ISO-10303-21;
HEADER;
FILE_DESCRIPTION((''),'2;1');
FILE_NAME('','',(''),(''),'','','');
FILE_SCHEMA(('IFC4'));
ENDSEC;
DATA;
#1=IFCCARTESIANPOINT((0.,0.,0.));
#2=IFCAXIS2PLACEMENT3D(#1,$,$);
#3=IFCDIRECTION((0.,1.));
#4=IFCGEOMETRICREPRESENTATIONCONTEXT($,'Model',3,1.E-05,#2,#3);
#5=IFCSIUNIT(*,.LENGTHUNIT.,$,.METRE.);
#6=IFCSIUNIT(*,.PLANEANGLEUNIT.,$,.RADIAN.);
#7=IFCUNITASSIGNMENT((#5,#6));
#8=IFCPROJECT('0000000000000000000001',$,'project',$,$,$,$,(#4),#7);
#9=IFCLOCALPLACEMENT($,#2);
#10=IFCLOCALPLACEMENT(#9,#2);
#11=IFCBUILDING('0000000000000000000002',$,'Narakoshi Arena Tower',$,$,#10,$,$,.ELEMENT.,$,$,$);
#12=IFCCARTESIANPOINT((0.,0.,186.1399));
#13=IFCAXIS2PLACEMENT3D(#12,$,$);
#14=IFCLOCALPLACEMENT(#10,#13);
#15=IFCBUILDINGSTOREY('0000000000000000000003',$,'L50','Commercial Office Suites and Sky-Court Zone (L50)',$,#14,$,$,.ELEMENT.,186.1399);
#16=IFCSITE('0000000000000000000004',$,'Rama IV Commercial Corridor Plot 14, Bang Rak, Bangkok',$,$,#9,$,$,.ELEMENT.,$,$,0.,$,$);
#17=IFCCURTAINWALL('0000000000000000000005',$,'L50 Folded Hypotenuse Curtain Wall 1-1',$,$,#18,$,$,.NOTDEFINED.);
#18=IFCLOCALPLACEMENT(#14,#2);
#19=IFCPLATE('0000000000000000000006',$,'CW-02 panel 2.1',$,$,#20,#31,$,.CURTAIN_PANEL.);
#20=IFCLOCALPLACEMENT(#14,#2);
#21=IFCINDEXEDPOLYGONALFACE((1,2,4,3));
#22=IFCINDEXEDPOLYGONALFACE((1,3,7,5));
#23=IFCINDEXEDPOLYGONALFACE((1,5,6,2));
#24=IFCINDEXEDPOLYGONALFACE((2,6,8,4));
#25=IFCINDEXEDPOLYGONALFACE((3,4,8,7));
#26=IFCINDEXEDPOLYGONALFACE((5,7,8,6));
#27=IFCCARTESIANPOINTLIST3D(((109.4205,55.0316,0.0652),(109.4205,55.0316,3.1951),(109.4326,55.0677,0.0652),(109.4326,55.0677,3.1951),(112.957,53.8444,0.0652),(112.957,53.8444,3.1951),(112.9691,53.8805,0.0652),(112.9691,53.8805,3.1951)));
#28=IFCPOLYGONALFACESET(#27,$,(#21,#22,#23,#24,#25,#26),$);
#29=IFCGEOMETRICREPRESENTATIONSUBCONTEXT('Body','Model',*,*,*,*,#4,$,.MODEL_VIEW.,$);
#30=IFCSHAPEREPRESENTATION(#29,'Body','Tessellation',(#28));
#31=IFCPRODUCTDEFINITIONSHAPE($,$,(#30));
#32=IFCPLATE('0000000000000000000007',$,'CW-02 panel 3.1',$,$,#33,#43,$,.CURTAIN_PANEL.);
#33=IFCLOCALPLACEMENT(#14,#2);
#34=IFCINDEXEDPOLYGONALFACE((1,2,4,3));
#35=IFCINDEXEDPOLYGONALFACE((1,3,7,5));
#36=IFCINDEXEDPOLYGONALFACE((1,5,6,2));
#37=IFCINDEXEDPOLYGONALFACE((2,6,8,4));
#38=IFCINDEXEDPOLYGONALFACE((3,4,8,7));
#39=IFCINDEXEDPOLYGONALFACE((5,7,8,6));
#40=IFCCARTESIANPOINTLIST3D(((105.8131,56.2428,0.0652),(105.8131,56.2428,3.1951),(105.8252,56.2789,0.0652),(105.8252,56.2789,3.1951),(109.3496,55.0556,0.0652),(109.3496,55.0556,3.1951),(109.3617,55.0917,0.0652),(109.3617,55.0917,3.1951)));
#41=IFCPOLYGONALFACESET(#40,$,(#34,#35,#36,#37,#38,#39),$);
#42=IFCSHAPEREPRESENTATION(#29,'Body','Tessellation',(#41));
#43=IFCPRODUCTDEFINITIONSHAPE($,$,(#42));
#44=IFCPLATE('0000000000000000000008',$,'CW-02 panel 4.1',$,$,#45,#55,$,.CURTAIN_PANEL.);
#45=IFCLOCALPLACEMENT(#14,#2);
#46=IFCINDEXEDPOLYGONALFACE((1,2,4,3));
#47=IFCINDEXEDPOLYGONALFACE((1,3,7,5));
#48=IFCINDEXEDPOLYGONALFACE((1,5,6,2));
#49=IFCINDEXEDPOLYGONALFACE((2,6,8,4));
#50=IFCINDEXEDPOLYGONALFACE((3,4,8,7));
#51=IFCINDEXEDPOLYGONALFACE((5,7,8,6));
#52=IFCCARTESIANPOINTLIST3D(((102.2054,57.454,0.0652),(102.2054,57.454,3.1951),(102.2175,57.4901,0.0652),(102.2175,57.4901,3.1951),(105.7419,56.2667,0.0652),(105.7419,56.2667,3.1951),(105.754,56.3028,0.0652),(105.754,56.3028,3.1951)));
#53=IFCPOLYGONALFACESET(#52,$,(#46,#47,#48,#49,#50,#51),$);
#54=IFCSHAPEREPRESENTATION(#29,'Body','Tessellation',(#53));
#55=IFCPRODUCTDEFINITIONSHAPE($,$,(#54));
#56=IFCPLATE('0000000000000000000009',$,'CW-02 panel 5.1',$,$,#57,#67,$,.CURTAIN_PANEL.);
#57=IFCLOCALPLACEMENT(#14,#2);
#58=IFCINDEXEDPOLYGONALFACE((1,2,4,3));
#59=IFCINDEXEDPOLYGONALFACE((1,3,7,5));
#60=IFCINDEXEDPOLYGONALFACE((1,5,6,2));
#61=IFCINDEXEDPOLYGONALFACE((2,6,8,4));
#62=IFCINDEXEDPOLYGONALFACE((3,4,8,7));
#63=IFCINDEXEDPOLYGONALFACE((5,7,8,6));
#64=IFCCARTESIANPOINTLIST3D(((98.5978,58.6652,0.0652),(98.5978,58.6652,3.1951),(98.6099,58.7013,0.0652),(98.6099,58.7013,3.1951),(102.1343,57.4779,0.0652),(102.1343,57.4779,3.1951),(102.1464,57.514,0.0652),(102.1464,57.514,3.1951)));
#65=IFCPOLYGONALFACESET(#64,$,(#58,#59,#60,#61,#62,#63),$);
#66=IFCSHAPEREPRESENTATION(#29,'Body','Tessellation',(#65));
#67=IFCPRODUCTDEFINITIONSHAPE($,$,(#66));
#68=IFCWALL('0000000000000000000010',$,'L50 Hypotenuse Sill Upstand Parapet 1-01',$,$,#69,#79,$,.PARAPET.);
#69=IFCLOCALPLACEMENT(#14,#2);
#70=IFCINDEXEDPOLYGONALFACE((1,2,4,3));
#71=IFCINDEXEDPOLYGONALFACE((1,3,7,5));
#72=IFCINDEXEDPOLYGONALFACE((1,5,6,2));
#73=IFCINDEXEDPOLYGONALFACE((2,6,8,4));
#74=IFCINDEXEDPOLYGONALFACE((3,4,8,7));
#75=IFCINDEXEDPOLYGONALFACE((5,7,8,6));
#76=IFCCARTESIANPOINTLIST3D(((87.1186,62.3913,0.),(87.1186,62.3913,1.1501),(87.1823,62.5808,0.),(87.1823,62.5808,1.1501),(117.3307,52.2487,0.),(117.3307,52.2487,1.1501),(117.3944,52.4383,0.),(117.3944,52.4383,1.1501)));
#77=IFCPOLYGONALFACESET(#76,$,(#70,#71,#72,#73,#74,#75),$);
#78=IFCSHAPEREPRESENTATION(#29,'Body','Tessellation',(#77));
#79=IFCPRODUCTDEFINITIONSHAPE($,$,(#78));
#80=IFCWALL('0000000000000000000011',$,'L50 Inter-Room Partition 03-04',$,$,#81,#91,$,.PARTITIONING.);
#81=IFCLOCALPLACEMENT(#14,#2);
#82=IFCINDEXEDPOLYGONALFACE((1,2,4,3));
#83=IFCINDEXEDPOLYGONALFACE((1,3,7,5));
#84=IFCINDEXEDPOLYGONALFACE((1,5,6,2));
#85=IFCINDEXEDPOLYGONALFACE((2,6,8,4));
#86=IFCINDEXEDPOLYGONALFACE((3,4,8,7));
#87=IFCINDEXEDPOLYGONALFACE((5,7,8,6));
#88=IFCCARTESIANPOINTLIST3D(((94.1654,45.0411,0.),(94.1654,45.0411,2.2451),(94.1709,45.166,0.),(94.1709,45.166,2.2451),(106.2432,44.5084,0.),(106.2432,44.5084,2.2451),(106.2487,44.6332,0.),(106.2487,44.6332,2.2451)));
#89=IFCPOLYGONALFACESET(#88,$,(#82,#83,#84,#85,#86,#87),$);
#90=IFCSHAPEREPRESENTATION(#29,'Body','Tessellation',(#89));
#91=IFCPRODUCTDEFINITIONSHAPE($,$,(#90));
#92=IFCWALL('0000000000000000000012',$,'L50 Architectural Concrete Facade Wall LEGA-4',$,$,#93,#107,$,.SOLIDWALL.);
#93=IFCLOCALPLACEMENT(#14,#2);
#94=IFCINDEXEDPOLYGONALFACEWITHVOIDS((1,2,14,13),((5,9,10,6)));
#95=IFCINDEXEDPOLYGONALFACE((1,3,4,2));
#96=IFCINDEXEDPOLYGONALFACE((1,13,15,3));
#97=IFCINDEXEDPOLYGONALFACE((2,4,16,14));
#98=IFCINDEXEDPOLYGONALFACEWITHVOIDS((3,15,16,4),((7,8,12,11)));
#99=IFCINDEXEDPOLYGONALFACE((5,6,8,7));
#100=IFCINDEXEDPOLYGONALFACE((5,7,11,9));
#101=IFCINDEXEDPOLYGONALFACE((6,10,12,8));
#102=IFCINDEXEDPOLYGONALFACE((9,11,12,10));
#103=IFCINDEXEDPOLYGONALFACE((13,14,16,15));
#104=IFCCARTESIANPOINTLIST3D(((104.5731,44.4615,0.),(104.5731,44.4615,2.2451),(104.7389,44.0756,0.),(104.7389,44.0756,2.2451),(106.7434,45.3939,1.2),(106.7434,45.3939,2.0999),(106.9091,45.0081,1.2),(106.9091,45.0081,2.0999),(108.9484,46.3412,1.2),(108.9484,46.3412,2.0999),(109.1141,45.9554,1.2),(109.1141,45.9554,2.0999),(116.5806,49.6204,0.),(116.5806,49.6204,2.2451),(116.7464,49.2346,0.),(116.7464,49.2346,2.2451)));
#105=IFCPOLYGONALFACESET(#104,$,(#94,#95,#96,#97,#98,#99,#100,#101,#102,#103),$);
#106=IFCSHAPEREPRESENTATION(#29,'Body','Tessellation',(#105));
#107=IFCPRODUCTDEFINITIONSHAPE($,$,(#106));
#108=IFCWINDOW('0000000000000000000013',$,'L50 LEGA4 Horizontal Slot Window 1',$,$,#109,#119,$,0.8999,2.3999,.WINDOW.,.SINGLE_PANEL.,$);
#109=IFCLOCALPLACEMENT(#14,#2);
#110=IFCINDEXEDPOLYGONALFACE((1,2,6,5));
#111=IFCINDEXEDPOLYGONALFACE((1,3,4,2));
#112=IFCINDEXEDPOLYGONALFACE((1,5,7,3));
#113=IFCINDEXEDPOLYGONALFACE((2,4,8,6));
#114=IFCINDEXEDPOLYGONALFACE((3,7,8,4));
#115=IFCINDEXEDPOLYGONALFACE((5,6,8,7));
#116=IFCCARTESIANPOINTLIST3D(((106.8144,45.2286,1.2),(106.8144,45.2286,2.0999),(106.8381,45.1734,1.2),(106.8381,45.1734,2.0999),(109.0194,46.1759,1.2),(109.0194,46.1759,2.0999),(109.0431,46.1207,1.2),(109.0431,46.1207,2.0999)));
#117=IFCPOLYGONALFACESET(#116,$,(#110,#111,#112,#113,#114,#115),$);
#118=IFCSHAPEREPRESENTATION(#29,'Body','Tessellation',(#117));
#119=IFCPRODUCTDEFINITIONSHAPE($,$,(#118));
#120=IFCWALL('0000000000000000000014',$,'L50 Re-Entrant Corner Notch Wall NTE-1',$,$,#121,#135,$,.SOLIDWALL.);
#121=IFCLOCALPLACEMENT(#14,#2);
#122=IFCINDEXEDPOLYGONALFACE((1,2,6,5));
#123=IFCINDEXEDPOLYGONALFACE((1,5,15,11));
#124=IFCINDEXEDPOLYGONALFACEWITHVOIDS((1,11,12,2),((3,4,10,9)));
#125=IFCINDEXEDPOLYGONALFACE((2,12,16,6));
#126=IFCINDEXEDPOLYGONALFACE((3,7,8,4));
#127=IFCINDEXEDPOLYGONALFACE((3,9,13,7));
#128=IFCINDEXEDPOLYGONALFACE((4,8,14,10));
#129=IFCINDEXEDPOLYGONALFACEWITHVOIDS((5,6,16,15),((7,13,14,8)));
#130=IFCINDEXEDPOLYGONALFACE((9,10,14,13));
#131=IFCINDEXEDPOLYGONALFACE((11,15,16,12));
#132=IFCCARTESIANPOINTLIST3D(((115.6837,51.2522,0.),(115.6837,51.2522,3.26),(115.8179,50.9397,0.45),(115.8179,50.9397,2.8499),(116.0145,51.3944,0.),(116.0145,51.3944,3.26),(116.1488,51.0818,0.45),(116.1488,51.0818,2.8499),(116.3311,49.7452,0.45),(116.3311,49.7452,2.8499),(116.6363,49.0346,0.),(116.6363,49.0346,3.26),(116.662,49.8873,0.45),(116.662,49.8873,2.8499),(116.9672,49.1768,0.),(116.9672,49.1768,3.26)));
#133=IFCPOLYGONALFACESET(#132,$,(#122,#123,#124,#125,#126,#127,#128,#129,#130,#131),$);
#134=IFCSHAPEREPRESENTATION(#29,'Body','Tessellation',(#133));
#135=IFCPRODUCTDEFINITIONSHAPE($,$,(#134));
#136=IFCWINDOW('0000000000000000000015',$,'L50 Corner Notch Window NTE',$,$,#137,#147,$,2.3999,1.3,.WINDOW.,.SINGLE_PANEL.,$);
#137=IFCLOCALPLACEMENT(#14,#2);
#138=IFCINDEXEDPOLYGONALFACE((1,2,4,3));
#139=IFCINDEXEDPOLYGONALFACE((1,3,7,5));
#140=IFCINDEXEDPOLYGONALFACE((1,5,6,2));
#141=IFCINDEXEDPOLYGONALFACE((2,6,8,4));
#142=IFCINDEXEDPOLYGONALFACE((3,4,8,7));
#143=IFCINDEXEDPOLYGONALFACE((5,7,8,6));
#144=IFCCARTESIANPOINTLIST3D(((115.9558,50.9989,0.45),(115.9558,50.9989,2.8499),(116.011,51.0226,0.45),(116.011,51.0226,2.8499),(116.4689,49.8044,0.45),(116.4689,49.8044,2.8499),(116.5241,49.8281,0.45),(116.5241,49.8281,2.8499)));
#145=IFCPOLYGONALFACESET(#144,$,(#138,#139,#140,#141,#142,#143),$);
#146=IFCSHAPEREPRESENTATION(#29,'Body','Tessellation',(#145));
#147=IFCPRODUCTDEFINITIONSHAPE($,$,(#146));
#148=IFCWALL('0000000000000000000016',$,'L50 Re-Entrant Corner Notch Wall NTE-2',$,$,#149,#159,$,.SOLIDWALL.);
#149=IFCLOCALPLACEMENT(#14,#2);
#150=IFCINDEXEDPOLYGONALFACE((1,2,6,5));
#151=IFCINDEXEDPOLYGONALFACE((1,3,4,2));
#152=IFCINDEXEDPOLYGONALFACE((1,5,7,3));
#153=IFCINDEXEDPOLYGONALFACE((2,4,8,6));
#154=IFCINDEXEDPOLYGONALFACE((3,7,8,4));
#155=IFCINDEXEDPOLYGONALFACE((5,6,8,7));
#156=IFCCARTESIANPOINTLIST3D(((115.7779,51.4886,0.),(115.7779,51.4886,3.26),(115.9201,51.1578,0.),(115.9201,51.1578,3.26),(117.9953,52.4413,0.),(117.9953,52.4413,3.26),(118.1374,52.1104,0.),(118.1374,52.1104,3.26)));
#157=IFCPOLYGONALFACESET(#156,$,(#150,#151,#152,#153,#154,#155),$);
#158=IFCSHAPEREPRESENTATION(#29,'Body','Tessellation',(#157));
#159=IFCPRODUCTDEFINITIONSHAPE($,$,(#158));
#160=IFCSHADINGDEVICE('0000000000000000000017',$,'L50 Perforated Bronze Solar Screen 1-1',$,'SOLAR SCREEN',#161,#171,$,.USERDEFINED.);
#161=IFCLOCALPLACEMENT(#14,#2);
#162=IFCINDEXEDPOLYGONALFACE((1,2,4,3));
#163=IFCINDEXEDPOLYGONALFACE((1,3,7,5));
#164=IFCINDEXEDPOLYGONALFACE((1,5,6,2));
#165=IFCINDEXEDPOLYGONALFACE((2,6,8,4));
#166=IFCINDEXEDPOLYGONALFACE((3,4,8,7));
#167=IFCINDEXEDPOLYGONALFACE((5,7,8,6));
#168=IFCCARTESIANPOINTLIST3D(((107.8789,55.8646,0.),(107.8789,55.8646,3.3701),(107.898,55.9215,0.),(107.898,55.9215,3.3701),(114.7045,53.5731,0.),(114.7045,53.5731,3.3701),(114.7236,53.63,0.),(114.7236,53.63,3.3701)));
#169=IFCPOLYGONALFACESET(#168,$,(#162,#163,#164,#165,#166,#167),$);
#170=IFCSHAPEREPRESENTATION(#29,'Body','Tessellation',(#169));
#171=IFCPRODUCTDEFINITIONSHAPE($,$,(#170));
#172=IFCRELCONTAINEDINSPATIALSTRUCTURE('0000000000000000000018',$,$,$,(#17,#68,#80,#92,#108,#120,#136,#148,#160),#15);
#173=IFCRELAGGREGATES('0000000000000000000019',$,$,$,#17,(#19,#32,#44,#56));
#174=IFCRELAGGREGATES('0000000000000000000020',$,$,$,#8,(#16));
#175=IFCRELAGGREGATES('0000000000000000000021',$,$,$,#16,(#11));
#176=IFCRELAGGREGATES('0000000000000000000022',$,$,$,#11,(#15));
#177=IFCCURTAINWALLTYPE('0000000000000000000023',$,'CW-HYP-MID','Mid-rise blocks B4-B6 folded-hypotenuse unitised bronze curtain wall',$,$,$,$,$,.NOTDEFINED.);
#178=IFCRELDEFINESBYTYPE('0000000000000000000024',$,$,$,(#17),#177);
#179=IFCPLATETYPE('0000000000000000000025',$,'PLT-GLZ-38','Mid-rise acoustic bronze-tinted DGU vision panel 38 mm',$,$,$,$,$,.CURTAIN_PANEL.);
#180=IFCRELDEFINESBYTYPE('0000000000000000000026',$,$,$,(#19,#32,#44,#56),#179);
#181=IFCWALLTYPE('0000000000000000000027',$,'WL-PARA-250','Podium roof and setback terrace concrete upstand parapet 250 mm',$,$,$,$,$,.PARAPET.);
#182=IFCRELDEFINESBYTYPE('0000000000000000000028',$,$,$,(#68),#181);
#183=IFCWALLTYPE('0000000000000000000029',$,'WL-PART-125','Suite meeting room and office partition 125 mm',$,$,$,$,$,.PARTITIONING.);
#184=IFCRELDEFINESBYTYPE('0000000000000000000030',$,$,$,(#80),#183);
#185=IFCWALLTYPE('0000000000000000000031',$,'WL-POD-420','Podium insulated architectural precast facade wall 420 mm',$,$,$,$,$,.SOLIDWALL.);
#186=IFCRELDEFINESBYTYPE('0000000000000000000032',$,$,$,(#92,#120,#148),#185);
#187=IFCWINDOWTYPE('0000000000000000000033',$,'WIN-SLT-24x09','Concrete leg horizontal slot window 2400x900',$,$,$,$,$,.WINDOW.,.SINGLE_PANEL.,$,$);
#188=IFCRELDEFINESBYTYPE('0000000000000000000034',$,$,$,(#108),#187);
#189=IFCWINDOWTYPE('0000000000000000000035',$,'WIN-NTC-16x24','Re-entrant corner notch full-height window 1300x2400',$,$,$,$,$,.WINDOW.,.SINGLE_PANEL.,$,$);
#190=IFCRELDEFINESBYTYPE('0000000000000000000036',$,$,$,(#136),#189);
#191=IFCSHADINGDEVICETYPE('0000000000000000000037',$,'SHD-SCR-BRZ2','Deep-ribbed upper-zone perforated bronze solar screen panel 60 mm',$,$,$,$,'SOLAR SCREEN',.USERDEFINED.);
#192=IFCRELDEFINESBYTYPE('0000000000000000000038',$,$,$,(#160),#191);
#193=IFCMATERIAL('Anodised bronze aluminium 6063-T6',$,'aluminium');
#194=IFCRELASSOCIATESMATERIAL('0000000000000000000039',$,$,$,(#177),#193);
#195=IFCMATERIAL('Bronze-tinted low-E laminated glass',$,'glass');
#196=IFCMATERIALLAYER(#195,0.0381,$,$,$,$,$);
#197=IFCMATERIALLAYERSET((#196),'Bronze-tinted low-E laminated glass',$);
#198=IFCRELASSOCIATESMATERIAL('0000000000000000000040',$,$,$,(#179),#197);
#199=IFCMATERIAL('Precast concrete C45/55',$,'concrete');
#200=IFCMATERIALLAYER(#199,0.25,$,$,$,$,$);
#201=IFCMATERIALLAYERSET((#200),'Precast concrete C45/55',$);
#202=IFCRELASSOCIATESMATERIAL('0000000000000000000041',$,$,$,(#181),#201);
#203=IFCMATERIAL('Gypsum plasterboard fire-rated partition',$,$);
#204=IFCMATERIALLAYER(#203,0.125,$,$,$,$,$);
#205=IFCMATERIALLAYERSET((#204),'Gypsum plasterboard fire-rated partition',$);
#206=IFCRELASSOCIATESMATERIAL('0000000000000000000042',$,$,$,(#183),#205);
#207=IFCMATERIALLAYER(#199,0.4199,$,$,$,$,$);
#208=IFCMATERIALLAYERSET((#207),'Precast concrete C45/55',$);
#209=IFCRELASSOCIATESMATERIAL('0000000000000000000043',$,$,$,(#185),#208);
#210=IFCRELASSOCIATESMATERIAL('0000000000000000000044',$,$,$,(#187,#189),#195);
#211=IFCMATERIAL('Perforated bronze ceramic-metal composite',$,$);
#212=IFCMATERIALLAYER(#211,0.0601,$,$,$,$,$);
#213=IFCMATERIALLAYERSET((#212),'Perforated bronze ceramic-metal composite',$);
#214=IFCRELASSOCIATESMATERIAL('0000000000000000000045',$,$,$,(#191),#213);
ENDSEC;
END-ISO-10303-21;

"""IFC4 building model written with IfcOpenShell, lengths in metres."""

from ifc_helpers import new_model, si_unit, direction, frame, frame_2d, origin, origin_2d, place, context, subcontext, project, spatial, rectangle, extrude, material, layer, layer_set, type_object, element, fill, aggregate, save


model = new_model("IFC4")

# Units and contexts
model_context = context("Model", 3, precision=1e-05, world=origin(), true_north=direction((0.0, 1.0)))
body_context = subcontext(model_context, "Body", "Model", "MODEL_VIEW")
ifc_project = project(units=[si_unit("LENGTHUNIT", "METRE"), si_unit("PLANEANGLEUNIT", "RADIAN")], contexts=[model_context])

# Site, building, storey
site_placement = place(None, origin())
site = spatial("IfcSite", under=ifc_project, at=site_placement, Name="Rama IV Commercial Corridor Plot 14, Bang Rak, Bangkok", CompositionType="ELEMENT", RefElevation=0.0)
building_placement = place(site_placement, origin())
building = spatial("IfcBuilding", under=site, at=building_placement, Name="Narakoshi Arena Tower", CompositionType="ELEMENT")
storey_placement = place(building_placement, frame((0.0, 0.0, 186.1399)))
storey = spatial("IfcBuildingStorey", under=building, at=storey_placement, Name="L50", Description="Commercial Office Suites and Sky-Court Zone (L50)", CompositionType="ELEMENT", Elevation=186.1399)

# Curtain wall, plates
ifc_material_1 = material(Name="Anodised bronze aluminium 6063-T6", Category="aluminium")
curtain_wall_type = type_object("IfcCurtainWallType", Name="CW-HYP-MID", Description="Mid-rise blocks B4-B6 folded-hypotenuse unitised bronze curtain wall", PredefinedType="NOTDEFINED", material=ifc_material_1)
curtain_wall_placement = place(storey_placement, origin())
curtain_wall = element("IfcCurtainWall", 1, at=curtain_wall_placement, inside=storey, type_object=curtain_wall_type, Name="L50 Folded Hypotenuse Curtain Wall 1-1", PredefinedType="NOTDEFINED")
ifc_material_2 = material(Name="Bronze-tinted low-E laminated glass", Category="glass")
ifc_layer_1 = layer(ifc_material_2, 0.0381)
ifc_layer_set_1 = layer_set([ifc_layer_1], Name="Bronze-tinted low-E laminated glass")
plate_type = type_object("IfcPlateType", Name="PLT-GLZ-38", Description="Mid-rise acoustic bronze-tinted DGU vision panel 38 mm", PredefinedType="CURTAIN_PANEL", material=ifc_layer_set_1)
plate_1_placement = place(storey_placement, frame((111.1948, 54.4561, 0.0652), z_axis=(0.0, 0.0, 1.0), x_axis=(-0.948003, 0.318261, 0.0)))
plate_1 = element("IfcPlate", 2, at=plate_1_placement, type_object=plate_type, Name="CW-02 panel 2.1", PredefinedType="CURTAIN_PANEL", context=body_context, shape_type="SweptSolid", body=[
    extrude(rectangle(XDim=3.7305, YDim=0.0381, at=origin_2d()), origin(), (0.0, 0.0, 1.0), 3.1299),
])
plate_2_placement = place(storey_placement, frame((107.5874, 55.6672, 0.0652), z_axis=(0.0, 0.0, 1.0), x_axis=(-0.948003, 0.318261, 0.0)))
plate_2 = element("IfcPlate", 3, at=plate_2_placement, type_object=plate_type, Name="CW-02 panel 3.1", PredefinedType="CURTAIN_PANEL", context=body_context, shape_type="SweptSolid", body=[
    extrude(rectangle(XDim=3.7305, YDim=0.0381, at=origin_2d()), origin(), (0.0, 0.0, 1.0), 3.1299),
])
plate_3_placement = place(storey_placement, frame((103.9797, 56.8784, 0.0652), z_axis=(0.0, 0.0, 1.0), x_axis=(-0.948003, 0.318261, 0.0)))
plate_3 = element("IfcPlate", 4, at=plate_3_placement, type_object=plate_type, Name="CW-02 panel 4.1", PredefinedType="CURTAIN_PANEL", context=body_context, shape_type="SweptSolid", body=[
    extrude(rectangle(XDim=3.7305, YDim=0.0381, at=origin_2d()), origin(), (0.0, 0.0, 1.0), 3.1299),
])
plate_4_placement = place(storey_placement, frame((100.3721, 58.0896, 0.0652), z_axis=(0.0, 0.0, 1.0), x_axis=(-0.948003, 0.318261, 0.0)))
plate_4 = element("IfcPlate", 5, at=plate_4_placement, type_object=plate_type, Name="CW-02 panel 5.1", PredefinedType="CURTAIN_PANEL", context=body_context, shape_type="SweptSolid", body=[
    extrude(rectangle(XDim=3.7305, YDim=0.0381, at=origin_2d()), origin(), (0.0, 0.0, 1.0), 3.1299),
])
aggregate(curtain_wall, [plate_1, plate_2, plate_3, plate_4])

# Walls
ifc_material_3 = material(Name="Precast concrete C45/55", Category="concrete")
ifc_layer_2 = layer(ifc_material_3, 0.25)
ifc_layer_set_2 = layer_set([ifc_layer_2], Name="Precast concrete C45/55")
wall_type_1 = type_object("IfcWallType", Name="WL-PARA-250", Description="Podium roof and setback terrace concrete upstand parapet 250 mm", PredefinedType="PARAPET", material=ifc_layer_set_2)
wall_1_placement = place(storey_placement, frame((117.3625, 52.3435, 0.0), z_axis=(0.0, 0.0, 1.0), x_axis=(-0.948005, 0.318256, 0.0)))
element("IfcWall", 6, at=wall_1_placement, inside=storey, type_object=wall_type_1, Name="L50 Hypotenuse Sill Upstand Parapet 1-01", PredefinedType="PARAPET", context=body_context, shape_type="SweptSolid", body=[
    extrude(rectangle(XDim=31.8691, YDim=0.2, at=frame_2d((15.9346, 0.0))), origin(), (0.0, 0.0, 1.0), 1.1501),
])
ifc_material_4 = material(Name="Gypsum plasterboard fire-rated partition")
ifc_layer_3 = layer(ifc_material_4, 0.125)
ifc_layer_set_3 = layer_set([ifc_layer_3], Name="Gypsum plasterboard fire-rated partition")
wall_type_2 = type_object("IfcWallType", Name="WL-PART-125", Description="Suite meeting room and office partition 125 mm", PredefinedType="PARTITIONING", material=ifc_layer_set_3)
wall_2_placement = place(storey_placement, frame((106.2461, 44.5708, 0.0), z_axis=(0.0, 0.0, 1.0), x_axis=(-0.999029, 0.044064, 0.0)))
element("IfcWall", 7, at=wall_2_placement, inside=storey, type_object=wall_type_2, Name="L50 Inter-Room Partition 03-04", PredefinedType="PARTITIONING", context=body_context, shape_type="SweptSolid", body=[
    extrude(rectangle(XDim=12.0896, YDim=0.125, at=frame_2d((6.0449, 0.0))), origin(), (0.0, 0.0, 1.0), 2.2451),
])

# Walls, openings, windows
ifc_layer_4 = layer(ifc_material_3, 0.4199)
ifc_layer_set_4 = layer_set([ifc_layer_4], Name="Precast concrete C45/55")
wall_type_3 = type_object("IfcWallType", Name="WL-POD-420", Description="Podium insulated architectural precast facade wall 420 mm", PredefinedType="SOLIDWALL", material=ifc_layer_set_4)
wall_3_placement = place(storey_placement, frame((104.656, 44.2686, 0.0), z_axis=(0.0, 0.0, 1.0), x_axis=(0.918789, 0.394749, 0.0)))
wall_3 = element("IfcWall", 8, at=wall_3_placement, inside=storey, type_object=wall_type_3, Name="L50 Architectural Concrete Facade Wall LEGA-4", PredefinedType="SOLIDWALL", context=body_context, shape_type="SweptSolid", body=[
    extrude(rectangle(XDim=13.0688, YDim=0.4199, at=frame_2d((6.5344, 0.0))), origin(), (0.0, 0.0, 1.0), 2.2451),
])
opening_1_placement = place(wall_3_placement, frame((2.3621, 0.0, 1.2)))
opening_1 = element("IfcOpeningElement", 9, at=opening_1_placement, cuts=wall_3, PredefinedType="OPENING", context=body_context, shape_type="SweptSolid", body=[
    extrude(rectangle(XDim=2.3999, YDim=0.8999, at=frame_2d((1.2, 0.45))), frame((0.0, 0.22, 0.0), z_axis=(0.0, -1.0, 0.0), x_axis=(1.0, 0.0, 0.0)), (0.0, 0.0, 1.0), 0.4399),
])
window_type_1 = type_object("IfcWindowType", Name="WIN-SLT-24x09", Description="Concrete leg horizontal slot window 2400x900", PartitioningType="SINGLE_PANEL", PredefinedType="WINDOW", material=ifc_material_2)
window_1_placement = place(opening_1_placement, origin())
window_1 = element("IfcWindow", 10, at=window_1_placement, inside=storey, type_object=window_type_1, Name="L50 LEGA4 Horizontal Slot Window 1", OverallHeight=0.8999, OverallWidth=2.3999, PartitioningType="SINGLE_PANEL", PredefinedType="WINDOW", context=body_context, shape_type="SweptSolid", body=[
    extrude(rectangle(XDim=2.3999, YDim=0.8999, at=frame_2d((1.2, 0.45))), frame((0.0, 0.03, 0.0), z_axis=(0.0, -1.0, 0.0), x_axis=(1.0, 0.0, 0.0)), (0.0, 0.0, 1.0), 0.0601),
])
fill(opening_1, window_1)
wall_4_placement = place(storey_placement, frame((116.8018, 49.1057, 0.0), z_axis=(0.0, 0.0, 1.0), x_axis=(-0.394713, 0.918805, 0.0)))
wall_4 = element("IfcWall", 11, at=wall_4_placement, inside=storey, type_object=wall_type_3, Name="L50 Re-Entrant Corner Notch Wall NTE-1", PredefinedType="SOLIDWALL", context=body_context, shape_type="SweptSolid", body=[
    extrude(rectangle(XDim=2.4136, YDim=0.3601, at=frame_2d((1.2068, 0.0))), origin(), (0.0, 0.0, 1.0), 3.26),
])
opening_2_placement = place(wall_4_placement, frame((0.7734, 0.0, 0.45)))
opening_2 = element("IfcOpeningElement", 12, at=opening_2_placement, cuts=wall_4, PredefinedType="OPENING", context=body_context, shape_type="SweptSolid", body=[
    extrude(rectangle(XDim=1.3, YDim=2.3999, at=frame_2d((0.6499, 1.2))), frame((0.0, 0.1899, 0.0), z_axis=(0.0, -1.0, 0.0), x_axis=(1.0, 0.0, 0.0)), (0.0, 0.0, 1.0), 0.3801),
])
window_type_2 = type_object("IfcWindowType", Name="WIN-NTC-16x24", Description="Re-entrant corner notch full-height window 1300x2400", PartitioningType="SINGLE_PANEL", PredefinedType="WINDOW", material=ifc_material_2)
window_2_placement = place(opening_2_placement, origin())
window_2 = element("IfcWindow", 13, at=window_2_placement, inside=storey, type_object=window_type_2, Name="L50 Corner Notch Window NTE", OverallHeight=2.3999, OverallWidth=1.3, PartitioningType="SINGLE_PANEL", PredefinedType="WINDOW", context=body_context, shape_type="SweptSolid", body=[
    extrude(rectangle(XDim=1.3, YDim=2.3999, at=frame_2d((0.6499, 1.2))), frame((0.0, 0.03, 0.0), z_axis=(0.0, -1.0, 0.0), x_axis=(1.0, 0.0, 0.0)), (0.0, 0.0, 1.0), 0.0601),
])
fill(opening_2, window_2)

# Wall
wall_5_placement = place(storey_placement, frame((115.8491, 51.3232, 0.0), z_axis=(0.0, 0.0, 1.0), x_axis=(0.918789, 0.394749, 0.0)))
element("IfcWall", 14, at=wall_5_placement, inside=storey, type_object=wall_type_3, Name="L50 Re-Entrant Corner Notch Wall NTE-2", PredefinedType="SOLIDWALL", context=body_context, shape_type="SweptSolid", body=[
    extrude(rectangle(XDim=2.4133, YDim=0.3601, at=frame_2d((1.2065, 0.0))), origin(), (0.0, 0.0, 1.0), 3.26),
])

# Shading device
ifc_material_5 = material(Name="Perforated bronze ceramic-metal composite")
ifc_layer_5 = layer(ifc_material_5, 0.0601)
ifc_layer_set_5 = layer_set([ifc_layer_5], Name="Perforated bronze ceramic-metal composite")
shading_device_type = type_object("IfcShadingDeviceType", Name="SHD-SCR-BRZ2", Description="Deep-ribbed upper-zone perforated bronze solar screen panel 60 mm", ElementType="SOLAR SCREEN", PredefinedType="USERDEFINED", material=ifc_layer_set_5)
shading_device_placement = place(storey_placement, frame((111.3013, 54.7473, 0.0), z_axis=(0.0, 0.0, 1.0), x_axis=(-0.948002, 0.318264, 0.0)))
element("IfcShadingDevice", 15, at=shading_device_placement, inside=storey, type_object=shading_device_type, Name="L50 Perforated Bronze Solar Screen 1-1", ObjectType="SOLAR SCREEN", PredefinedType="USERDEFINED", context=body_context, shape_type="SweptSolid", body=[
    extrude(rectangle(XDim=7.2, YDim=0.0601, at=origin_2d()), origin(), (0.0, 0.0, 1.0), 3.3701),
])

save(model, "model.ifc")
